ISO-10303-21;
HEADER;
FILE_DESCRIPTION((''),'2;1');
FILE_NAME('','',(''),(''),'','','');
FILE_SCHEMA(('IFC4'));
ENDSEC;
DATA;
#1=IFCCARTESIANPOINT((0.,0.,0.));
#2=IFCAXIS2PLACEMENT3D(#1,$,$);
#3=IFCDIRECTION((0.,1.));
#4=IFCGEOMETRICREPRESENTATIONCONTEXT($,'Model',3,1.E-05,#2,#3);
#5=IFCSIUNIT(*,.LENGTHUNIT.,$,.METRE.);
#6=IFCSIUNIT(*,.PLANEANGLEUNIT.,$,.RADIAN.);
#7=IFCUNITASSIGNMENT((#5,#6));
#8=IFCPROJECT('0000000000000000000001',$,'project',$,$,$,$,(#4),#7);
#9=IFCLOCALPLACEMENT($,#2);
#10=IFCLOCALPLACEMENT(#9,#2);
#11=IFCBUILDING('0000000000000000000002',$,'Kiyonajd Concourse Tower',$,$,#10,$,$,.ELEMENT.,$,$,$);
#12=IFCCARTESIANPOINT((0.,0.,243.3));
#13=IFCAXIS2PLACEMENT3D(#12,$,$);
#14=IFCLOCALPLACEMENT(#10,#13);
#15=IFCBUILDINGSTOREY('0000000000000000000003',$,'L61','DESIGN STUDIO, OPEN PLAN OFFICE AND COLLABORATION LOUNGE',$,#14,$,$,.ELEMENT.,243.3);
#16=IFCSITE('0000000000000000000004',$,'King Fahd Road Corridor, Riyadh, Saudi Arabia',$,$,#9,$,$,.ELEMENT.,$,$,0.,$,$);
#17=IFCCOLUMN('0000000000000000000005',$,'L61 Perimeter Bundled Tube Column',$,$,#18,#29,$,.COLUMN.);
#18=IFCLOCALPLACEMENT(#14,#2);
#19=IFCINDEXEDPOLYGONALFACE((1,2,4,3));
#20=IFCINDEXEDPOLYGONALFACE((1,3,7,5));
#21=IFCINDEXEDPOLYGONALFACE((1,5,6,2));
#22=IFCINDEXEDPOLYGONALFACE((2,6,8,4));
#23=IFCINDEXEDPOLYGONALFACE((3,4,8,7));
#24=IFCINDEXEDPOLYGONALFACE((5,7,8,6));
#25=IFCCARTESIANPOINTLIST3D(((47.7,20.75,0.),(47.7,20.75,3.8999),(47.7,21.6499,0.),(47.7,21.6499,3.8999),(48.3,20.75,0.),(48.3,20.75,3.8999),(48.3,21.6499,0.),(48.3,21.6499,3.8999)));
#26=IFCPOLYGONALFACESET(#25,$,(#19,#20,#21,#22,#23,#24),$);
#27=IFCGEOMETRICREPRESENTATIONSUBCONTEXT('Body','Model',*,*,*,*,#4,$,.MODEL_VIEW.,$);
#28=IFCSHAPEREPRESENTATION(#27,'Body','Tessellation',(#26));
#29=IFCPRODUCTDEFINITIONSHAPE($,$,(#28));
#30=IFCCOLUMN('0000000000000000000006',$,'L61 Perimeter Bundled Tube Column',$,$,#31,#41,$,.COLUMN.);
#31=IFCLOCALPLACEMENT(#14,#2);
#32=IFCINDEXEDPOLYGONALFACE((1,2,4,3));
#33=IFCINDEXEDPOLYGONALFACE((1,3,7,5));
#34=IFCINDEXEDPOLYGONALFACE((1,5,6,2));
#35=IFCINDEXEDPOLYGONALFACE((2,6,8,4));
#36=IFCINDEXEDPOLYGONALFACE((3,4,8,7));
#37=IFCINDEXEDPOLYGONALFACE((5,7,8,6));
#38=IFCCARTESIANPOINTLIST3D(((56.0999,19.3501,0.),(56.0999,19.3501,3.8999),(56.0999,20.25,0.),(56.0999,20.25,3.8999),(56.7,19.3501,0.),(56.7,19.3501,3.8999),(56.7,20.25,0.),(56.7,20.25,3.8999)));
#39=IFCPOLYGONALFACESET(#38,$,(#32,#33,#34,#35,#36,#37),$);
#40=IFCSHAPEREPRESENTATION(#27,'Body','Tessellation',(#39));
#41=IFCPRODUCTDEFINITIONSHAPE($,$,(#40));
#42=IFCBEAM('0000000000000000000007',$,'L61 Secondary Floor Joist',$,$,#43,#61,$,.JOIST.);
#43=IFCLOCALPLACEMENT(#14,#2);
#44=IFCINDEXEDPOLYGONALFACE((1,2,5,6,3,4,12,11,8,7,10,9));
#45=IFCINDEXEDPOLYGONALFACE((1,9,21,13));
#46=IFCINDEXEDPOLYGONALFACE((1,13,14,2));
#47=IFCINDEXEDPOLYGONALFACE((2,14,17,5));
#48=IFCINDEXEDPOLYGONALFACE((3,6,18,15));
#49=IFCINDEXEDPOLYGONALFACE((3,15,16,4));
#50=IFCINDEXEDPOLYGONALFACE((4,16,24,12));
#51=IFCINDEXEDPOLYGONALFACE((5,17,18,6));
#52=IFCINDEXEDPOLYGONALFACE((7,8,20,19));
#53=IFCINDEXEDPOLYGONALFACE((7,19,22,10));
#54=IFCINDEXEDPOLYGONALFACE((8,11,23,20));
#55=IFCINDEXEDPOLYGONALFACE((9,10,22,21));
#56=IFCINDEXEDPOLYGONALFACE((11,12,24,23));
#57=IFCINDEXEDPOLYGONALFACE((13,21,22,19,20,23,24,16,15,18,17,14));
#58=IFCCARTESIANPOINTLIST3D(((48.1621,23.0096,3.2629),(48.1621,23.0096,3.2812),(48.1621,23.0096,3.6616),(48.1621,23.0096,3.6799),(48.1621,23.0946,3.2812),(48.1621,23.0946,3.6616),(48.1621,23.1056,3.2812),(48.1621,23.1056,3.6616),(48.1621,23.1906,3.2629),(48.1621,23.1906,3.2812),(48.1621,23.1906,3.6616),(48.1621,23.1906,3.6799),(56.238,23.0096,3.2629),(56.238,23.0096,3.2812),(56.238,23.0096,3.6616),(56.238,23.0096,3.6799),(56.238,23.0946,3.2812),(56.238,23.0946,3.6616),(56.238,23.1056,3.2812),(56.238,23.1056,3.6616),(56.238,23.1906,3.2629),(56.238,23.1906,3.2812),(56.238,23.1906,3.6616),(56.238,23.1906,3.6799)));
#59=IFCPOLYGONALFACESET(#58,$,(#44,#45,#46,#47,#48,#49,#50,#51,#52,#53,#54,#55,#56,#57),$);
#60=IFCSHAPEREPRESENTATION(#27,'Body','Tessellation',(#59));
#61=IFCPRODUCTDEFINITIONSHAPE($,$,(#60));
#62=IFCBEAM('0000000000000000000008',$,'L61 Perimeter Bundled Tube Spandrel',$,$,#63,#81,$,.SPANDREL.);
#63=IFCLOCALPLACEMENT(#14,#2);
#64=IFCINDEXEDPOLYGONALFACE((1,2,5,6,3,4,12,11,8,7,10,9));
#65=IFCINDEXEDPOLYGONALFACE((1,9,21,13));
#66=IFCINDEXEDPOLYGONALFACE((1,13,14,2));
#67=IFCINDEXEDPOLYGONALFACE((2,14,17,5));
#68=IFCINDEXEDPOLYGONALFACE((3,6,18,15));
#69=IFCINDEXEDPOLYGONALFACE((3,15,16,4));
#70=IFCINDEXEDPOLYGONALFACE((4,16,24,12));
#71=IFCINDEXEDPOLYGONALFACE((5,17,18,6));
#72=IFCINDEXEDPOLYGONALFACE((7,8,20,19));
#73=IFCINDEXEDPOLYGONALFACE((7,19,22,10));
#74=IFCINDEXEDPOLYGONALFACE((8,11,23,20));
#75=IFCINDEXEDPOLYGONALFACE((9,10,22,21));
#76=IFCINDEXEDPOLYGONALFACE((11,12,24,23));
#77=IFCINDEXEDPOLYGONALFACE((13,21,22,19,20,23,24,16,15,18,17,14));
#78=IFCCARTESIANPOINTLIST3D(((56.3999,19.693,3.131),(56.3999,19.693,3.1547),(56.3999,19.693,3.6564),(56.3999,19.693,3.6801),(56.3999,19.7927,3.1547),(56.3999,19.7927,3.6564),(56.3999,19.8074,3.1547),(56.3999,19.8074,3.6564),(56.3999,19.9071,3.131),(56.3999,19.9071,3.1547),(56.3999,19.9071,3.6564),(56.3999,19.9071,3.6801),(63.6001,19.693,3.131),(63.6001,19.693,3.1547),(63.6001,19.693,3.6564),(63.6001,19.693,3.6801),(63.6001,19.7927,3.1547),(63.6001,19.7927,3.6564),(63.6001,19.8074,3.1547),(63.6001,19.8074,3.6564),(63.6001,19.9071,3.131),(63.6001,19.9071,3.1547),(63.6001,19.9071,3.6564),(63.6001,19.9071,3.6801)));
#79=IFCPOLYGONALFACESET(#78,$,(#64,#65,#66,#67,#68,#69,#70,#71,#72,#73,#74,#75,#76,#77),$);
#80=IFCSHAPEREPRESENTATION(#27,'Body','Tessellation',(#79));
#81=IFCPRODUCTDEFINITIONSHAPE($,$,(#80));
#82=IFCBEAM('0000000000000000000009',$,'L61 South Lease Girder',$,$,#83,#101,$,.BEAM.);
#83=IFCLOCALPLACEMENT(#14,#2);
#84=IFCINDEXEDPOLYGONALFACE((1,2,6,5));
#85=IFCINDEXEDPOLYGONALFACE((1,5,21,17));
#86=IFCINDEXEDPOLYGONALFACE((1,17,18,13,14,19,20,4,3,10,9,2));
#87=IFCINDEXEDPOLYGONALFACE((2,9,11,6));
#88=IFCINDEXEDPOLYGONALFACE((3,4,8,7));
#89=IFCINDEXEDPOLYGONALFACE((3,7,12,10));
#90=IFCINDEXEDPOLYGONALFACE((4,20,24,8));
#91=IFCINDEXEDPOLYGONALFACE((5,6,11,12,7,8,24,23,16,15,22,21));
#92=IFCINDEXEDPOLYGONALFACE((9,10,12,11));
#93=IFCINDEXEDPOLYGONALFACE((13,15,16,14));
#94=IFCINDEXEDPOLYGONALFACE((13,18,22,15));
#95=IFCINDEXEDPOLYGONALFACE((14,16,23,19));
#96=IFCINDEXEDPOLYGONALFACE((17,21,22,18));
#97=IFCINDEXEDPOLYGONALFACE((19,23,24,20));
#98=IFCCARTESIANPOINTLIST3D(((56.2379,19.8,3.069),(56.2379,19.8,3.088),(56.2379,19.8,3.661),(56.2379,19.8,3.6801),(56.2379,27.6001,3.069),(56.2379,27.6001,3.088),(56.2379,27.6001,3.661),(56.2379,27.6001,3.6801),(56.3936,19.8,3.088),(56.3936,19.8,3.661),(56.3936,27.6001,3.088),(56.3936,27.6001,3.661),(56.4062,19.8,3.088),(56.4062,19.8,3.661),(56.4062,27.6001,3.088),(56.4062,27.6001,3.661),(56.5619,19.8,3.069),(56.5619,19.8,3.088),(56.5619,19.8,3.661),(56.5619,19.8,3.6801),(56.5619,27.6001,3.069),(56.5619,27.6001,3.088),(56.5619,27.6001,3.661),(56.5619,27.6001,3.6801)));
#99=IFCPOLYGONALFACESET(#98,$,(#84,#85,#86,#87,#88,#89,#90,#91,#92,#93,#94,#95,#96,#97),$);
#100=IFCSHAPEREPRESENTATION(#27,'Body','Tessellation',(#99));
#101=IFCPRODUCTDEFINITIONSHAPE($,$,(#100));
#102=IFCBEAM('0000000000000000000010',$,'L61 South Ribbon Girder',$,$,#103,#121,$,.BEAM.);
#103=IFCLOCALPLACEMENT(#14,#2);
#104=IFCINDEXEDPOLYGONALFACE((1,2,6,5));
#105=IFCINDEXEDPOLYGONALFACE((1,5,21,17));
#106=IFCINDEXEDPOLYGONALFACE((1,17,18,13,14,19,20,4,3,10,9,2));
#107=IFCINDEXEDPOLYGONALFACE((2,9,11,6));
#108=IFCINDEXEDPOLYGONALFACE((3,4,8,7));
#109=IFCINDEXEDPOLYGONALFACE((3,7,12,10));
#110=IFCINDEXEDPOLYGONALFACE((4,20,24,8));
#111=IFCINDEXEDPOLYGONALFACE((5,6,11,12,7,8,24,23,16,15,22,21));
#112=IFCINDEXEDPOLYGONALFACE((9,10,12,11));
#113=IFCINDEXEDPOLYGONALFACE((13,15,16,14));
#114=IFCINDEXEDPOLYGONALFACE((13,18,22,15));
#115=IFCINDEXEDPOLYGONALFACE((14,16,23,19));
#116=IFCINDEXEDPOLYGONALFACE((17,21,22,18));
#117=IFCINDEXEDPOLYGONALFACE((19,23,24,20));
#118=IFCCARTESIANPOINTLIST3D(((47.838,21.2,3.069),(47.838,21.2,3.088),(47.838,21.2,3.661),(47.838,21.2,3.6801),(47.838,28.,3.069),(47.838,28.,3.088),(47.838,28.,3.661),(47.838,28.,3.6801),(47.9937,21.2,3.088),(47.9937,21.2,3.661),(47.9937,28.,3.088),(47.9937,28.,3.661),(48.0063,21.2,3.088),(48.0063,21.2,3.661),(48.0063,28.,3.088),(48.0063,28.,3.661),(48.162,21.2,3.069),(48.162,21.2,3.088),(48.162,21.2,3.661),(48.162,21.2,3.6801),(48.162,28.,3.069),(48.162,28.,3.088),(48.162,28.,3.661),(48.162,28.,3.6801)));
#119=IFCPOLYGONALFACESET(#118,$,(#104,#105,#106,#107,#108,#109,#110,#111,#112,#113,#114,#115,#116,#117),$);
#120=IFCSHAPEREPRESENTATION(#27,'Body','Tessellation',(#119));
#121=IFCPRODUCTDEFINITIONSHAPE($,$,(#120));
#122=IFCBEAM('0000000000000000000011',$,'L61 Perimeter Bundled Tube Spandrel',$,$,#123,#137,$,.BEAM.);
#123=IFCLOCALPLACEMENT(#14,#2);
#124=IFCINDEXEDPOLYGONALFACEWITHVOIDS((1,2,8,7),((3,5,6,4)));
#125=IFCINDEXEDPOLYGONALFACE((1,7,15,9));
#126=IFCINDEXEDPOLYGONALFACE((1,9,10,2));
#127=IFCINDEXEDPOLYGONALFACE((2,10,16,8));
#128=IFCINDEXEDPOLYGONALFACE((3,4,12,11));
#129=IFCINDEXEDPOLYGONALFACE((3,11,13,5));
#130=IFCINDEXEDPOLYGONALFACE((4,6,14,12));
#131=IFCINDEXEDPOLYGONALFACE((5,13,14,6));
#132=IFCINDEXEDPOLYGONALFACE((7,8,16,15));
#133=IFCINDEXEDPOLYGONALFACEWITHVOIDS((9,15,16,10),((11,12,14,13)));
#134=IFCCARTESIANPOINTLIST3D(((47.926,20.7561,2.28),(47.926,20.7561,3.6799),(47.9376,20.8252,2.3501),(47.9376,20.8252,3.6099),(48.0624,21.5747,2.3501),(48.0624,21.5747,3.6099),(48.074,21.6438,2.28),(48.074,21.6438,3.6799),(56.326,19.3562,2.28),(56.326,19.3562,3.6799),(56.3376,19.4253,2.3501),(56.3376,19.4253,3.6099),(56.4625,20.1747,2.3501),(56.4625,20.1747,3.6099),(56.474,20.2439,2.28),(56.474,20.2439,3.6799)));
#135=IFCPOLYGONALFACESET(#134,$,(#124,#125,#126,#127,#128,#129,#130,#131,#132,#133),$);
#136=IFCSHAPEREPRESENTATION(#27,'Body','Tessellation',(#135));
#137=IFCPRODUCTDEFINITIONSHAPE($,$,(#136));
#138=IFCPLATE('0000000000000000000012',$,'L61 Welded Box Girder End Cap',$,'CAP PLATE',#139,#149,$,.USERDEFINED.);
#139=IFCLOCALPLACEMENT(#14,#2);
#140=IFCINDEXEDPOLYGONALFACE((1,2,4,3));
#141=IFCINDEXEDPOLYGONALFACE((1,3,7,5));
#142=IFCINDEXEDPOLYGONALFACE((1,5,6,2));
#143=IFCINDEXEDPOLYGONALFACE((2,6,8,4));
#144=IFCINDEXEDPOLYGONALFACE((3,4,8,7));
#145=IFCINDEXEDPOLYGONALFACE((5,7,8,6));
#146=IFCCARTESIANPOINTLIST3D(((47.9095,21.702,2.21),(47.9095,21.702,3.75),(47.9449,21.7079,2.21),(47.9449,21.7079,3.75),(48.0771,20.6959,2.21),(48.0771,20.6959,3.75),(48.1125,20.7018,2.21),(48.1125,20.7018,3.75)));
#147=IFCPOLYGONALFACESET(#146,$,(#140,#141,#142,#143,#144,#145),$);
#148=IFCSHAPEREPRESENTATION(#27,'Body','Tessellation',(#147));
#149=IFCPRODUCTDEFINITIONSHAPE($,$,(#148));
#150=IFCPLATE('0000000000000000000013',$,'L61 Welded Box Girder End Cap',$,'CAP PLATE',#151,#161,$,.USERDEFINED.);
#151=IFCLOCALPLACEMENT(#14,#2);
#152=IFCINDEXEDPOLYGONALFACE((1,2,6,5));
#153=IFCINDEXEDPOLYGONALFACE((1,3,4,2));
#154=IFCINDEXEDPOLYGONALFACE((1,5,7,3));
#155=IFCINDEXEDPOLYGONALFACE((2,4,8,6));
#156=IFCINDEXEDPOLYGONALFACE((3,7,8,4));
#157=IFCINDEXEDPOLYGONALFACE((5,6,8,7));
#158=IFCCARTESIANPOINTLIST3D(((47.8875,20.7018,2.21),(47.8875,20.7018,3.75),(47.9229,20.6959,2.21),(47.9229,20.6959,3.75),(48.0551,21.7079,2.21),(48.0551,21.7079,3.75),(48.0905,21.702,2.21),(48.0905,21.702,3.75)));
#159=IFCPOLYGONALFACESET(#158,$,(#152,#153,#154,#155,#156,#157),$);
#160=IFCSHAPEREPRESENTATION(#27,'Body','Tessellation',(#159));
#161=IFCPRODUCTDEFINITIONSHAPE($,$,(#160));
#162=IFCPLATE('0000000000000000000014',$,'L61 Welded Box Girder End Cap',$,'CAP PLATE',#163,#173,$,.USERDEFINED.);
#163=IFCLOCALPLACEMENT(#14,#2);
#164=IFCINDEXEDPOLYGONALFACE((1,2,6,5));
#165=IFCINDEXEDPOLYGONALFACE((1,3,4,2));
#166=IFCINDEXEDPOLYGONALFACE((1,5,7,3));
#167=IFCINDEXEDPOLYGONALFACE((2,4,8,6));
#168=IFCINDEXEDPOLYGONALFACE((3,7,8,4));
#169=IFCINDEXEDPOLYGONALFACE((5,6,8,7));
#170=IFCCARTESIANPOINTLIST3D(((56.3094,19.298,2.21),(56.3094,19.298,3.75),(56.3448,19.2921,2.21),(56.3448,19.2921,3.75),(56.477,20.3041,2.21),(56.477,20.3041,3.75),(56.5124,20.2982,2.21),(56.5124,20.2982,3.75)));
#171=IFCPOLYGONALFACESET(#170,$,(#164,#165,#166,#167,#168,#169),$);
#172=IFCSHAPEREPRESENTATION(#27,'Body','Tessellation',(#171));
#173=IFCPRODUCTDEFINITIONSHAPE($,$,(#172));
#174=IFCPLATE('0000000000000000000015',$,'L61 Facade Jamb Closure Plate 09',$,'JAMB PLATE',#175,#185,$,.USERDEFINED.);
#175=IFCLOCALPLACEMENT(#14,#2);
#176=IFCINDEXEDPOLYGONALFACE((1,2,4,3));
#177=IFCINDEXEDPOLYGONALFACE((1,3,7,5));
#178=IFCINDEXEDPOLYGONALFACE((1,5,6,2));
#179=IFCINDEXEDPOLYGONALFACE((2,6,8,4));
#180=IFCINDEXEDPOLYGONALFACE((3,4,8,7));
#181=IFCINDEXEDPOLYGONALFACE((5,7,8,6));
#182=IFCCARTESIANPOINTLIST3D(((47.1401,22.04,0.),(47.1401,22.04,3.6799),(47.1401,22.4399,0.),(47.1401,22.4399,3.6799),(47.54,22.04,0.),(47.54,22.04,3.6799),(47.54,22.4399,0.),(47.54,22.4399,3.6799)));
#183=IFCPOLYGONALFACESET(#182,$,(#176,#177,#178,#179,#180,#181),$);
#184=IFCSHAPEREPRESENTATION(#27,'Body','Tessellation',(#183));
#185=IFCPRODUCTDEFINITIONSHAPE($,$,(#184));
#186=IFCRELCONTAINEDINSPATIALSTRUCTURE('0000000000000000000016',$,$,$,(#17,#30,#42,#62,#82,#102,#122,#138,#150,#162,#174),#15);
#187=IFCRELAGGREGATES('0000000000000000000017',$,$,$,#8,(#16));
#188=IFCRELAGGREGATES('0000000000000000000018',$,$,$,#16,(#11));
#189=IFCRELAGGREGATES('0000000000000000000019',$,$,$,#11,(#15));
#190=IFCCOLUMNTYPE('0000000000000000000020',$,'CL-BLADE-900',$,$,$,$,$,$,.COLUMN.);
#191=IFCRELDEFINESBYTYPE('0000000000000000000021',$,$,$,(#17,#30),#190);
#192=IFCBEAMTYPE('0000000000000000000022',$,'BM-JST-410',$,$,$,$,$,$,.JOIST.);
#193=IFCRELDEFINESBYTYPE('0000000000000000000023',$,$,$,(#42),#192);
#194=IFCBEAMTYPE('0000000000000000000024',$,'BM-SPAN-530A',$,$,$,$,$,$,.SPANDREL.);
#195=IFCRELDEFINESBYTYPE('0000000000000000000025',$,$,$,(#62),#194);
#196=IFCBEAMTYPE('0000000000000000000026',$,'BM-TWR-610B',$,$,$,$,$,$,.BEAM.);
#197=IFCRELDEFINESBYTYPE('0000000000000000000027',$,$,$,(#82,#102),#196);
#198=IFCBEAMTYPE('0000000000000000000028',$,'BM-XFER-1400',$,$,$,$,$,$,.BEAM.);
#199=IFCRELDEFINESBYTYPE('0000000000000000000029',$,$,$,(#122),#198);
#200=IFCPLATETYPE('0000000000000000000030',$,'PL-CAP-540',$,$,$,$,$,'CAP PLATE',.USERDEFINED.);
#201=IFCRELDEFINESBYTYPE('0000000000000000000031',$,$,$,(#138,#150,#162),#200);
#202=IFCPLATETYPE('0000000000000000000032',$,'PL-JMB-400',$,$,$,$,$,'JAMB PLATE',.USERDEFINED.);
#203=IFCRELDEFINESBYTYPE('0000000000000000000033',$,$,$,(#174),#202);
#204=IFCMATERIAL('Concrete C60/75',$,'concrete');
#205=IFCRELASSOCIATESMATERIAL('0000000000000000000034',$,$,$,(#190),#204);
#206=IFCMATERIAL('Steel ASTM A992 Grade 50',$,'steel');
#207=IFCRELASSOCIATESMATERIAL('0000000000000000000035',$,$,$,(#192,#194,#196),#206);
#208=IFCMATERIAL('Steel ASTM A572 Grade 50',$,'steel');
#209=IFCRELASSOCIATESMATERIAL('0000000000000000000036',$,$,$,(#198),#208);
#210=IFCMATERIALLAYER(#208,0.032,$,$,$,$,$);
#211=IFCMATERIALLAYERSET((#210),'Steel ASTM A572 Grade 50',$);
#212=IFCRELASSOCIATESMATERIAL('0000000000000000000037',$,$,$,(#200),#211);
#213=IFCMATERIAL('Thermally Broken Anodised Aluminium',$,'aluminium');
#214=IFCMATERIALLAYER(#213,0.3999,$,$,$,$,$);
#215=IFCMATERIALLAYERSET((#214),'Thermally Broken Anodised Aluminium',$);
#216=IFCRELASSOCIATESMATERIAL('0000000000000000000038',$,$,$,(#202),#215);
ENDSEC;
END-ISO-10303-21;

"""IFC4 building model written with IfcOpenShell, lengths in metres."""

from ifc_helpers import new_model, si_unit, direction, frame, origin, origin_2d, place, context, subcontext, project, spatial, rectangle, hollow_rectangle, i_section, extrude, material, layer, layer_set, material_profile, profile_set, type_object, element, save


model = new_model("IFC4")

# Units and contexts
model_context = context("Model", 3, precision=1e-05, world=origin(), true_north=direction((0.0, 1.0)))
body_context = subcontext(model_context, "Body", "Model", "MODEL_VIEW")
ifc_project = project(units=[si_unit("LENGTHUNIT", "METRE"), si_unit("PLANEANGLEUNIT", "RADIAN")], contexts=[model_context])

# Site, building, storey
site_placement = place(None, origin())
site = spatial("IfcSite", under=ifc_project, at=site_placement, Name="King Fahd Road Corridor, Riyadh, Saudi Arabia", CompositionType="ELEMENT", RefElevation=0.0)
building_placement = place(site_placement, origin())
building = spatial("IfcBuilding", under=site, at=building_placement, Name="Kiyonajd Concourse Tower", CompositionType="ELEMENT")
storey_placement = place(building_placement, frame((0.0, 0.0, 243.3)))
storey = spatial("IfcBuildingStorey", under=building, at=storey_placement, Name="L61", Description="DESIGN STUDIO, OPEN PLAN OFFICE AND COLLABORATION LOUNGE", CompositionType="ELEMENT", Elevation=243.3)

# Columns
ifc_material_1 = material(Name="Concrete C60/75", Category="concrete")
ifc_material_profile_1 = material_profile(ifc_material_1, rectangle(XDim=0.6001, YDim=0.8999, at=origin_2d()), Name="RC-900x600")
ifc_profile_set_1 = profile_set([ifc_material_profile_1], Name="Concrete C60/75")
column_type = type_object("IfcColumnType", Name="CL-BLADE-900", PredefinedType="COLUMN", material=ifc_profile_set_1)
for number, where, z_axis, x_axis, name in (
    (1, (48.0, 21.2, 0.0), (0.0, 0.0, 1.0), (1.0, 0.0, 0.0), "L61 Perimeter Bundled Tube Column"),
    (2, (56.3999, 19.8, 0.0), (0.0, 0.0, 1.0), (1.0, 0.0, 0.0), "L61 Perimeter Bundled Tube Column"),
):
    element("IfcColumn", number, at=place(storey_placement, frame(where, z_axis=z_axis, x_axis=x_axis)), inside=storey, type_object=column_type, Name=name, PredefinedType="COLUMN", context=body_context, shape_type="SweptSolid", body=[
        extrude(rectangle(XDim=0.6001, YDim=0.8999, at=origin_2d()), origin(), (0.0, 0.0, 1.0), 3.8999),
    ])

# Beams
ifc_material_2 = material(Name="Steel ASTM A992 Grade 50", Category="steel")
ifc_material_profile_2 = material_profile(ifc_material_2, i_section(OverallWidth=0.1809, OverallDepth=0.417, WebThickness=0.011, FlangeThickness=0.0183, at=origin_2d()), Name="W410X85")
ifc_profile_set_2 = profile_set([ifc_material_profile_2], Name="Steel ASTM A992 Grade 50")
beam_type_1 = type_object("IfcBeamType", Name="BM-JST-410", PredefinedType="JOIST", material=ifc_profile_set_2)
beam_1_placement = place(storey_placement, frame((48.1621, 23.1001, 3.4714), z_axis=(1.0, 0.0, 0.0), x_axis=(0.0, 1.0, 0.0)))
element("IfcBeam", 3, at=beam_1_placement, inside=storey, type_object=beam_type_1, Name="L61 Secondary Floor Joist", PredefinedType="JOIST", context=body_context, shape_type="SweptSolid", body=[
    extrude(i_section(OverallWidth=0.1809, OverallDepth=0.417, WebThickness=0.011, FlangeThickness=0.0183, at=origin_2d()), origin(), (0.0, 0.0, 1.0), 8.0759),
])
ifc_material_profile_3 = material_profile(ifc_material_2, i_section(OverallWidth=0.2141, OverallDepth=0.5491, WebThickness=0.0146, FlangeThickness=0.0237, at=origin_2d()), Name="W530X138")
ifc_profile_set_3 = profile_set([ifc_material_profile_3], Name="Steel ASTM A992 Grade 50")
beam_type_2 = type_object("IfcBeamType", Name="BM-SPAN-530A", PredefinedType="SPANDREL", material=ifc_profile_set_3)
beam_2_placement = place(storey_placement, frame((56.3999, 19.8, 3.4055), z_axis=(1.0, 0.0, 0.0), x_axis=(0.0, 1.0, 0.0)))
element("IfcBeam", 4, at=beam_2_placement, inside=storey, type_object=beam_type_2, Name="L61 Perimeter Bundled Tube Spandrel", PredefinedType="SPANDREL", context=body_context, shape_type="SweptSolid", body=[
    extrude(i_section(OverallWidth=0.2141, OverallDepth=0.5491, WebThickness=0.0146, FlangeThickness=0.0237, at=origin_2d()), origin(), (0.0, 0.0, 1.0), 7.2002),
])
ifc_material_profile_4 = material_profile(ifc_material_2, i_section(OverallWidth=0.324, OverallDepth=0.6111, WebThickness=0.0127, FlangeThickness=0.019, at=origin_2d()), Name="W610X155")
ifc_profile_set_4 = profile_set([ifc_material_profile_4], Name="Steel ASTM A992 Grade 50")
beam_type_3 = type_object("IfcBeamType", Name="BM-TWR-610B", PredefinedType="BEAM", material=ifc_profile_set_4)
beam_3_placement = place(storey_placement, frame((56.3999, 19.8, 3.3745), z_axis=(0.0, 1.0, 0.0), x_axis=(-1.0, 0.0, 0.0)))
element("IfcBeam", 5, at=beam_3_placement, inside=storey, type_object=beam_type_3, Name="L61 South Lease Girder", PredefinedType="BEAM", context=body_context, shape_type="SweptSolid", body=[
    extrude(i_section(OverallWidth=0.324, OverallDepth=0.6111, WebThickness=0.0127, FlangeThickness=0.019, at=origin_2d()), origin(), (0.0, 0.0, 1.0), 7.8),
])
beam_4_placement = place(storey_placement, frame((48.0, 21.2, 3.3745), z_axis=(0.0, 1.0, 0.0), x_axis=(-1.0, 0.0, 0.0)))
element("IfcBeam", 6, at=beam_4_placement, inside=storey, type_object=beam_type_3, Name="L61 South Ribbon Girder", PredefinedType="BEAM", context=body_context, shape_type="SweptSolid", body=[
    extrude(i_section(OverallWidth=0.324, OverallDepth=0.6111, WebThickness=0.0127, FlangeThickness=0.019, at=origin_2d()), origin(), (0.0, 0.0, 1.0), 6.8),
])
ifc_material_3 = material(Name="Steel ASTM A572 Grade 50", Category="steel")
ifc_material_profile_5 = material_profile(ifc_material_3, hollow_rectangle(XDim=0.8999, YDim=1.3999, WallThickness=0.0701, at=origin_2d()), Name="BOX-1400x900x70")
ifc_profile_set_5 = profile_set([ifc_material_profile_5], Name="Steel ASTM A572 Grade 50")
beam_type_4 = type_object("IfcBeamType", Name="BM-XFER-1400", PredefinedType="BEAM", material=ifc_profile_set_5)
beam_5_placement = place(storey_placement, frame((48.0, 21.2, 2.98), z_axis=(0.986395, -0.16439, 0.0), x_axis=(0.16439, 0.986395, 0.0)))
element("IfcBeam", 7, at=beam_5_placement, inside=storey, type_object=beam_type_4, Name="L61 Perimeter Bundled Tube Spandrel", PredefinedType="BEAM", context=body_context, shape_type="SweptSolid", body=[
    extrude(hollow_rectangle(XDim=0.8999, YDim=1.3999, WallThickness=0.0701, at=origin_2d()), origin(), (0.0, 0.0, 1.0), 8.5159),
])

# Plates
ifc_layer_1 = layer(ifc_material_3, 0.032)
ifc_layer_set_1 = layer_set([ifc_layer_1], Name="Steel ASTM A572 Grade 50")
plate_type_1 = type_object("IfcPlateType", Name="PL-CAP-540", ElementType="CAP PLATE", PredefinedType="USERDEFINED", material=ifc_layer_set_1)
for number, where, z_axis, x_axis, name in (
    (8, (48.011, 21.2019, 2.21), (0.0, 0.0, 1.0), (0.986401, 0.164359, 0.0), "L61 Welded Box Girder End Cap"),
    (9, (47.989, 21.2019, 2.21), (0.0, 0.0, 1.0), (-0.986401, 0.164359, 0.0), "L61 Welded Box Girder End Cap"),
    (10, (56.4109, 19.7981, 2.21), (0.0, 0.0, 1.0), (0.986401, -0.164359, 0.0), "L61 Welded Box Girder End Cap"),
):
    element("IfcPlate", number, at=place(storey_placement, frame(where, z_axis=z_axis, x_axis=x_axis)), inside=storey, type_object=plate_type_1, Name=name, ObjectType="CAP PLATE", PredefinedType="USERDEFINED", context=body_context, shape_type="SweptSolid", body=[
        extrude(rectangle(XDim=0.0359, YDim=1.02, at=origin_2d()), origin(), (0.0, 0.0, 1.0), 1.54),
    ])
ifc_material_4 = material(Name="Thermally Broken Anodised Aluminium", Category="aluminium")
ifc_layer_2 = layer(ifc_material_4, 0.3999)
ifc_layer_set_2 = layer_set([ifc_layer_2], Name="Thermally Broken Anodised Aluminium")
plate_type_2 = type_object("IfcPlateType", Name="PL-JMB-400", ElementType="JAMB PLATE", PredefinedType="USERDEFINED", material=ifc_layer_set_2)
plate_placement = place(storey_placement, frame((47.3401, 22.24, 0.0), z_axis=(0.0, 0.0, 1.0), x_axis=(1.0, 0.0, 0.0)))
element("IfcPlate", 11, at=plate_placement, inside=storey, type_object=plate_type_2, Name="L61 Facade Jamb Closure Plate 09", ObjectType="JAMB PLATE", PredefinedType="USERDEFINED", context=body_context, shape_type="SweptSolid", body=[
    extrude(rectangle(XDim=0.3999, YDim=0.3999, at=origin_2d()), origin(), (0.0, 0.0, 1.0), 3.6799),
])

save(model, "model.ifc")
